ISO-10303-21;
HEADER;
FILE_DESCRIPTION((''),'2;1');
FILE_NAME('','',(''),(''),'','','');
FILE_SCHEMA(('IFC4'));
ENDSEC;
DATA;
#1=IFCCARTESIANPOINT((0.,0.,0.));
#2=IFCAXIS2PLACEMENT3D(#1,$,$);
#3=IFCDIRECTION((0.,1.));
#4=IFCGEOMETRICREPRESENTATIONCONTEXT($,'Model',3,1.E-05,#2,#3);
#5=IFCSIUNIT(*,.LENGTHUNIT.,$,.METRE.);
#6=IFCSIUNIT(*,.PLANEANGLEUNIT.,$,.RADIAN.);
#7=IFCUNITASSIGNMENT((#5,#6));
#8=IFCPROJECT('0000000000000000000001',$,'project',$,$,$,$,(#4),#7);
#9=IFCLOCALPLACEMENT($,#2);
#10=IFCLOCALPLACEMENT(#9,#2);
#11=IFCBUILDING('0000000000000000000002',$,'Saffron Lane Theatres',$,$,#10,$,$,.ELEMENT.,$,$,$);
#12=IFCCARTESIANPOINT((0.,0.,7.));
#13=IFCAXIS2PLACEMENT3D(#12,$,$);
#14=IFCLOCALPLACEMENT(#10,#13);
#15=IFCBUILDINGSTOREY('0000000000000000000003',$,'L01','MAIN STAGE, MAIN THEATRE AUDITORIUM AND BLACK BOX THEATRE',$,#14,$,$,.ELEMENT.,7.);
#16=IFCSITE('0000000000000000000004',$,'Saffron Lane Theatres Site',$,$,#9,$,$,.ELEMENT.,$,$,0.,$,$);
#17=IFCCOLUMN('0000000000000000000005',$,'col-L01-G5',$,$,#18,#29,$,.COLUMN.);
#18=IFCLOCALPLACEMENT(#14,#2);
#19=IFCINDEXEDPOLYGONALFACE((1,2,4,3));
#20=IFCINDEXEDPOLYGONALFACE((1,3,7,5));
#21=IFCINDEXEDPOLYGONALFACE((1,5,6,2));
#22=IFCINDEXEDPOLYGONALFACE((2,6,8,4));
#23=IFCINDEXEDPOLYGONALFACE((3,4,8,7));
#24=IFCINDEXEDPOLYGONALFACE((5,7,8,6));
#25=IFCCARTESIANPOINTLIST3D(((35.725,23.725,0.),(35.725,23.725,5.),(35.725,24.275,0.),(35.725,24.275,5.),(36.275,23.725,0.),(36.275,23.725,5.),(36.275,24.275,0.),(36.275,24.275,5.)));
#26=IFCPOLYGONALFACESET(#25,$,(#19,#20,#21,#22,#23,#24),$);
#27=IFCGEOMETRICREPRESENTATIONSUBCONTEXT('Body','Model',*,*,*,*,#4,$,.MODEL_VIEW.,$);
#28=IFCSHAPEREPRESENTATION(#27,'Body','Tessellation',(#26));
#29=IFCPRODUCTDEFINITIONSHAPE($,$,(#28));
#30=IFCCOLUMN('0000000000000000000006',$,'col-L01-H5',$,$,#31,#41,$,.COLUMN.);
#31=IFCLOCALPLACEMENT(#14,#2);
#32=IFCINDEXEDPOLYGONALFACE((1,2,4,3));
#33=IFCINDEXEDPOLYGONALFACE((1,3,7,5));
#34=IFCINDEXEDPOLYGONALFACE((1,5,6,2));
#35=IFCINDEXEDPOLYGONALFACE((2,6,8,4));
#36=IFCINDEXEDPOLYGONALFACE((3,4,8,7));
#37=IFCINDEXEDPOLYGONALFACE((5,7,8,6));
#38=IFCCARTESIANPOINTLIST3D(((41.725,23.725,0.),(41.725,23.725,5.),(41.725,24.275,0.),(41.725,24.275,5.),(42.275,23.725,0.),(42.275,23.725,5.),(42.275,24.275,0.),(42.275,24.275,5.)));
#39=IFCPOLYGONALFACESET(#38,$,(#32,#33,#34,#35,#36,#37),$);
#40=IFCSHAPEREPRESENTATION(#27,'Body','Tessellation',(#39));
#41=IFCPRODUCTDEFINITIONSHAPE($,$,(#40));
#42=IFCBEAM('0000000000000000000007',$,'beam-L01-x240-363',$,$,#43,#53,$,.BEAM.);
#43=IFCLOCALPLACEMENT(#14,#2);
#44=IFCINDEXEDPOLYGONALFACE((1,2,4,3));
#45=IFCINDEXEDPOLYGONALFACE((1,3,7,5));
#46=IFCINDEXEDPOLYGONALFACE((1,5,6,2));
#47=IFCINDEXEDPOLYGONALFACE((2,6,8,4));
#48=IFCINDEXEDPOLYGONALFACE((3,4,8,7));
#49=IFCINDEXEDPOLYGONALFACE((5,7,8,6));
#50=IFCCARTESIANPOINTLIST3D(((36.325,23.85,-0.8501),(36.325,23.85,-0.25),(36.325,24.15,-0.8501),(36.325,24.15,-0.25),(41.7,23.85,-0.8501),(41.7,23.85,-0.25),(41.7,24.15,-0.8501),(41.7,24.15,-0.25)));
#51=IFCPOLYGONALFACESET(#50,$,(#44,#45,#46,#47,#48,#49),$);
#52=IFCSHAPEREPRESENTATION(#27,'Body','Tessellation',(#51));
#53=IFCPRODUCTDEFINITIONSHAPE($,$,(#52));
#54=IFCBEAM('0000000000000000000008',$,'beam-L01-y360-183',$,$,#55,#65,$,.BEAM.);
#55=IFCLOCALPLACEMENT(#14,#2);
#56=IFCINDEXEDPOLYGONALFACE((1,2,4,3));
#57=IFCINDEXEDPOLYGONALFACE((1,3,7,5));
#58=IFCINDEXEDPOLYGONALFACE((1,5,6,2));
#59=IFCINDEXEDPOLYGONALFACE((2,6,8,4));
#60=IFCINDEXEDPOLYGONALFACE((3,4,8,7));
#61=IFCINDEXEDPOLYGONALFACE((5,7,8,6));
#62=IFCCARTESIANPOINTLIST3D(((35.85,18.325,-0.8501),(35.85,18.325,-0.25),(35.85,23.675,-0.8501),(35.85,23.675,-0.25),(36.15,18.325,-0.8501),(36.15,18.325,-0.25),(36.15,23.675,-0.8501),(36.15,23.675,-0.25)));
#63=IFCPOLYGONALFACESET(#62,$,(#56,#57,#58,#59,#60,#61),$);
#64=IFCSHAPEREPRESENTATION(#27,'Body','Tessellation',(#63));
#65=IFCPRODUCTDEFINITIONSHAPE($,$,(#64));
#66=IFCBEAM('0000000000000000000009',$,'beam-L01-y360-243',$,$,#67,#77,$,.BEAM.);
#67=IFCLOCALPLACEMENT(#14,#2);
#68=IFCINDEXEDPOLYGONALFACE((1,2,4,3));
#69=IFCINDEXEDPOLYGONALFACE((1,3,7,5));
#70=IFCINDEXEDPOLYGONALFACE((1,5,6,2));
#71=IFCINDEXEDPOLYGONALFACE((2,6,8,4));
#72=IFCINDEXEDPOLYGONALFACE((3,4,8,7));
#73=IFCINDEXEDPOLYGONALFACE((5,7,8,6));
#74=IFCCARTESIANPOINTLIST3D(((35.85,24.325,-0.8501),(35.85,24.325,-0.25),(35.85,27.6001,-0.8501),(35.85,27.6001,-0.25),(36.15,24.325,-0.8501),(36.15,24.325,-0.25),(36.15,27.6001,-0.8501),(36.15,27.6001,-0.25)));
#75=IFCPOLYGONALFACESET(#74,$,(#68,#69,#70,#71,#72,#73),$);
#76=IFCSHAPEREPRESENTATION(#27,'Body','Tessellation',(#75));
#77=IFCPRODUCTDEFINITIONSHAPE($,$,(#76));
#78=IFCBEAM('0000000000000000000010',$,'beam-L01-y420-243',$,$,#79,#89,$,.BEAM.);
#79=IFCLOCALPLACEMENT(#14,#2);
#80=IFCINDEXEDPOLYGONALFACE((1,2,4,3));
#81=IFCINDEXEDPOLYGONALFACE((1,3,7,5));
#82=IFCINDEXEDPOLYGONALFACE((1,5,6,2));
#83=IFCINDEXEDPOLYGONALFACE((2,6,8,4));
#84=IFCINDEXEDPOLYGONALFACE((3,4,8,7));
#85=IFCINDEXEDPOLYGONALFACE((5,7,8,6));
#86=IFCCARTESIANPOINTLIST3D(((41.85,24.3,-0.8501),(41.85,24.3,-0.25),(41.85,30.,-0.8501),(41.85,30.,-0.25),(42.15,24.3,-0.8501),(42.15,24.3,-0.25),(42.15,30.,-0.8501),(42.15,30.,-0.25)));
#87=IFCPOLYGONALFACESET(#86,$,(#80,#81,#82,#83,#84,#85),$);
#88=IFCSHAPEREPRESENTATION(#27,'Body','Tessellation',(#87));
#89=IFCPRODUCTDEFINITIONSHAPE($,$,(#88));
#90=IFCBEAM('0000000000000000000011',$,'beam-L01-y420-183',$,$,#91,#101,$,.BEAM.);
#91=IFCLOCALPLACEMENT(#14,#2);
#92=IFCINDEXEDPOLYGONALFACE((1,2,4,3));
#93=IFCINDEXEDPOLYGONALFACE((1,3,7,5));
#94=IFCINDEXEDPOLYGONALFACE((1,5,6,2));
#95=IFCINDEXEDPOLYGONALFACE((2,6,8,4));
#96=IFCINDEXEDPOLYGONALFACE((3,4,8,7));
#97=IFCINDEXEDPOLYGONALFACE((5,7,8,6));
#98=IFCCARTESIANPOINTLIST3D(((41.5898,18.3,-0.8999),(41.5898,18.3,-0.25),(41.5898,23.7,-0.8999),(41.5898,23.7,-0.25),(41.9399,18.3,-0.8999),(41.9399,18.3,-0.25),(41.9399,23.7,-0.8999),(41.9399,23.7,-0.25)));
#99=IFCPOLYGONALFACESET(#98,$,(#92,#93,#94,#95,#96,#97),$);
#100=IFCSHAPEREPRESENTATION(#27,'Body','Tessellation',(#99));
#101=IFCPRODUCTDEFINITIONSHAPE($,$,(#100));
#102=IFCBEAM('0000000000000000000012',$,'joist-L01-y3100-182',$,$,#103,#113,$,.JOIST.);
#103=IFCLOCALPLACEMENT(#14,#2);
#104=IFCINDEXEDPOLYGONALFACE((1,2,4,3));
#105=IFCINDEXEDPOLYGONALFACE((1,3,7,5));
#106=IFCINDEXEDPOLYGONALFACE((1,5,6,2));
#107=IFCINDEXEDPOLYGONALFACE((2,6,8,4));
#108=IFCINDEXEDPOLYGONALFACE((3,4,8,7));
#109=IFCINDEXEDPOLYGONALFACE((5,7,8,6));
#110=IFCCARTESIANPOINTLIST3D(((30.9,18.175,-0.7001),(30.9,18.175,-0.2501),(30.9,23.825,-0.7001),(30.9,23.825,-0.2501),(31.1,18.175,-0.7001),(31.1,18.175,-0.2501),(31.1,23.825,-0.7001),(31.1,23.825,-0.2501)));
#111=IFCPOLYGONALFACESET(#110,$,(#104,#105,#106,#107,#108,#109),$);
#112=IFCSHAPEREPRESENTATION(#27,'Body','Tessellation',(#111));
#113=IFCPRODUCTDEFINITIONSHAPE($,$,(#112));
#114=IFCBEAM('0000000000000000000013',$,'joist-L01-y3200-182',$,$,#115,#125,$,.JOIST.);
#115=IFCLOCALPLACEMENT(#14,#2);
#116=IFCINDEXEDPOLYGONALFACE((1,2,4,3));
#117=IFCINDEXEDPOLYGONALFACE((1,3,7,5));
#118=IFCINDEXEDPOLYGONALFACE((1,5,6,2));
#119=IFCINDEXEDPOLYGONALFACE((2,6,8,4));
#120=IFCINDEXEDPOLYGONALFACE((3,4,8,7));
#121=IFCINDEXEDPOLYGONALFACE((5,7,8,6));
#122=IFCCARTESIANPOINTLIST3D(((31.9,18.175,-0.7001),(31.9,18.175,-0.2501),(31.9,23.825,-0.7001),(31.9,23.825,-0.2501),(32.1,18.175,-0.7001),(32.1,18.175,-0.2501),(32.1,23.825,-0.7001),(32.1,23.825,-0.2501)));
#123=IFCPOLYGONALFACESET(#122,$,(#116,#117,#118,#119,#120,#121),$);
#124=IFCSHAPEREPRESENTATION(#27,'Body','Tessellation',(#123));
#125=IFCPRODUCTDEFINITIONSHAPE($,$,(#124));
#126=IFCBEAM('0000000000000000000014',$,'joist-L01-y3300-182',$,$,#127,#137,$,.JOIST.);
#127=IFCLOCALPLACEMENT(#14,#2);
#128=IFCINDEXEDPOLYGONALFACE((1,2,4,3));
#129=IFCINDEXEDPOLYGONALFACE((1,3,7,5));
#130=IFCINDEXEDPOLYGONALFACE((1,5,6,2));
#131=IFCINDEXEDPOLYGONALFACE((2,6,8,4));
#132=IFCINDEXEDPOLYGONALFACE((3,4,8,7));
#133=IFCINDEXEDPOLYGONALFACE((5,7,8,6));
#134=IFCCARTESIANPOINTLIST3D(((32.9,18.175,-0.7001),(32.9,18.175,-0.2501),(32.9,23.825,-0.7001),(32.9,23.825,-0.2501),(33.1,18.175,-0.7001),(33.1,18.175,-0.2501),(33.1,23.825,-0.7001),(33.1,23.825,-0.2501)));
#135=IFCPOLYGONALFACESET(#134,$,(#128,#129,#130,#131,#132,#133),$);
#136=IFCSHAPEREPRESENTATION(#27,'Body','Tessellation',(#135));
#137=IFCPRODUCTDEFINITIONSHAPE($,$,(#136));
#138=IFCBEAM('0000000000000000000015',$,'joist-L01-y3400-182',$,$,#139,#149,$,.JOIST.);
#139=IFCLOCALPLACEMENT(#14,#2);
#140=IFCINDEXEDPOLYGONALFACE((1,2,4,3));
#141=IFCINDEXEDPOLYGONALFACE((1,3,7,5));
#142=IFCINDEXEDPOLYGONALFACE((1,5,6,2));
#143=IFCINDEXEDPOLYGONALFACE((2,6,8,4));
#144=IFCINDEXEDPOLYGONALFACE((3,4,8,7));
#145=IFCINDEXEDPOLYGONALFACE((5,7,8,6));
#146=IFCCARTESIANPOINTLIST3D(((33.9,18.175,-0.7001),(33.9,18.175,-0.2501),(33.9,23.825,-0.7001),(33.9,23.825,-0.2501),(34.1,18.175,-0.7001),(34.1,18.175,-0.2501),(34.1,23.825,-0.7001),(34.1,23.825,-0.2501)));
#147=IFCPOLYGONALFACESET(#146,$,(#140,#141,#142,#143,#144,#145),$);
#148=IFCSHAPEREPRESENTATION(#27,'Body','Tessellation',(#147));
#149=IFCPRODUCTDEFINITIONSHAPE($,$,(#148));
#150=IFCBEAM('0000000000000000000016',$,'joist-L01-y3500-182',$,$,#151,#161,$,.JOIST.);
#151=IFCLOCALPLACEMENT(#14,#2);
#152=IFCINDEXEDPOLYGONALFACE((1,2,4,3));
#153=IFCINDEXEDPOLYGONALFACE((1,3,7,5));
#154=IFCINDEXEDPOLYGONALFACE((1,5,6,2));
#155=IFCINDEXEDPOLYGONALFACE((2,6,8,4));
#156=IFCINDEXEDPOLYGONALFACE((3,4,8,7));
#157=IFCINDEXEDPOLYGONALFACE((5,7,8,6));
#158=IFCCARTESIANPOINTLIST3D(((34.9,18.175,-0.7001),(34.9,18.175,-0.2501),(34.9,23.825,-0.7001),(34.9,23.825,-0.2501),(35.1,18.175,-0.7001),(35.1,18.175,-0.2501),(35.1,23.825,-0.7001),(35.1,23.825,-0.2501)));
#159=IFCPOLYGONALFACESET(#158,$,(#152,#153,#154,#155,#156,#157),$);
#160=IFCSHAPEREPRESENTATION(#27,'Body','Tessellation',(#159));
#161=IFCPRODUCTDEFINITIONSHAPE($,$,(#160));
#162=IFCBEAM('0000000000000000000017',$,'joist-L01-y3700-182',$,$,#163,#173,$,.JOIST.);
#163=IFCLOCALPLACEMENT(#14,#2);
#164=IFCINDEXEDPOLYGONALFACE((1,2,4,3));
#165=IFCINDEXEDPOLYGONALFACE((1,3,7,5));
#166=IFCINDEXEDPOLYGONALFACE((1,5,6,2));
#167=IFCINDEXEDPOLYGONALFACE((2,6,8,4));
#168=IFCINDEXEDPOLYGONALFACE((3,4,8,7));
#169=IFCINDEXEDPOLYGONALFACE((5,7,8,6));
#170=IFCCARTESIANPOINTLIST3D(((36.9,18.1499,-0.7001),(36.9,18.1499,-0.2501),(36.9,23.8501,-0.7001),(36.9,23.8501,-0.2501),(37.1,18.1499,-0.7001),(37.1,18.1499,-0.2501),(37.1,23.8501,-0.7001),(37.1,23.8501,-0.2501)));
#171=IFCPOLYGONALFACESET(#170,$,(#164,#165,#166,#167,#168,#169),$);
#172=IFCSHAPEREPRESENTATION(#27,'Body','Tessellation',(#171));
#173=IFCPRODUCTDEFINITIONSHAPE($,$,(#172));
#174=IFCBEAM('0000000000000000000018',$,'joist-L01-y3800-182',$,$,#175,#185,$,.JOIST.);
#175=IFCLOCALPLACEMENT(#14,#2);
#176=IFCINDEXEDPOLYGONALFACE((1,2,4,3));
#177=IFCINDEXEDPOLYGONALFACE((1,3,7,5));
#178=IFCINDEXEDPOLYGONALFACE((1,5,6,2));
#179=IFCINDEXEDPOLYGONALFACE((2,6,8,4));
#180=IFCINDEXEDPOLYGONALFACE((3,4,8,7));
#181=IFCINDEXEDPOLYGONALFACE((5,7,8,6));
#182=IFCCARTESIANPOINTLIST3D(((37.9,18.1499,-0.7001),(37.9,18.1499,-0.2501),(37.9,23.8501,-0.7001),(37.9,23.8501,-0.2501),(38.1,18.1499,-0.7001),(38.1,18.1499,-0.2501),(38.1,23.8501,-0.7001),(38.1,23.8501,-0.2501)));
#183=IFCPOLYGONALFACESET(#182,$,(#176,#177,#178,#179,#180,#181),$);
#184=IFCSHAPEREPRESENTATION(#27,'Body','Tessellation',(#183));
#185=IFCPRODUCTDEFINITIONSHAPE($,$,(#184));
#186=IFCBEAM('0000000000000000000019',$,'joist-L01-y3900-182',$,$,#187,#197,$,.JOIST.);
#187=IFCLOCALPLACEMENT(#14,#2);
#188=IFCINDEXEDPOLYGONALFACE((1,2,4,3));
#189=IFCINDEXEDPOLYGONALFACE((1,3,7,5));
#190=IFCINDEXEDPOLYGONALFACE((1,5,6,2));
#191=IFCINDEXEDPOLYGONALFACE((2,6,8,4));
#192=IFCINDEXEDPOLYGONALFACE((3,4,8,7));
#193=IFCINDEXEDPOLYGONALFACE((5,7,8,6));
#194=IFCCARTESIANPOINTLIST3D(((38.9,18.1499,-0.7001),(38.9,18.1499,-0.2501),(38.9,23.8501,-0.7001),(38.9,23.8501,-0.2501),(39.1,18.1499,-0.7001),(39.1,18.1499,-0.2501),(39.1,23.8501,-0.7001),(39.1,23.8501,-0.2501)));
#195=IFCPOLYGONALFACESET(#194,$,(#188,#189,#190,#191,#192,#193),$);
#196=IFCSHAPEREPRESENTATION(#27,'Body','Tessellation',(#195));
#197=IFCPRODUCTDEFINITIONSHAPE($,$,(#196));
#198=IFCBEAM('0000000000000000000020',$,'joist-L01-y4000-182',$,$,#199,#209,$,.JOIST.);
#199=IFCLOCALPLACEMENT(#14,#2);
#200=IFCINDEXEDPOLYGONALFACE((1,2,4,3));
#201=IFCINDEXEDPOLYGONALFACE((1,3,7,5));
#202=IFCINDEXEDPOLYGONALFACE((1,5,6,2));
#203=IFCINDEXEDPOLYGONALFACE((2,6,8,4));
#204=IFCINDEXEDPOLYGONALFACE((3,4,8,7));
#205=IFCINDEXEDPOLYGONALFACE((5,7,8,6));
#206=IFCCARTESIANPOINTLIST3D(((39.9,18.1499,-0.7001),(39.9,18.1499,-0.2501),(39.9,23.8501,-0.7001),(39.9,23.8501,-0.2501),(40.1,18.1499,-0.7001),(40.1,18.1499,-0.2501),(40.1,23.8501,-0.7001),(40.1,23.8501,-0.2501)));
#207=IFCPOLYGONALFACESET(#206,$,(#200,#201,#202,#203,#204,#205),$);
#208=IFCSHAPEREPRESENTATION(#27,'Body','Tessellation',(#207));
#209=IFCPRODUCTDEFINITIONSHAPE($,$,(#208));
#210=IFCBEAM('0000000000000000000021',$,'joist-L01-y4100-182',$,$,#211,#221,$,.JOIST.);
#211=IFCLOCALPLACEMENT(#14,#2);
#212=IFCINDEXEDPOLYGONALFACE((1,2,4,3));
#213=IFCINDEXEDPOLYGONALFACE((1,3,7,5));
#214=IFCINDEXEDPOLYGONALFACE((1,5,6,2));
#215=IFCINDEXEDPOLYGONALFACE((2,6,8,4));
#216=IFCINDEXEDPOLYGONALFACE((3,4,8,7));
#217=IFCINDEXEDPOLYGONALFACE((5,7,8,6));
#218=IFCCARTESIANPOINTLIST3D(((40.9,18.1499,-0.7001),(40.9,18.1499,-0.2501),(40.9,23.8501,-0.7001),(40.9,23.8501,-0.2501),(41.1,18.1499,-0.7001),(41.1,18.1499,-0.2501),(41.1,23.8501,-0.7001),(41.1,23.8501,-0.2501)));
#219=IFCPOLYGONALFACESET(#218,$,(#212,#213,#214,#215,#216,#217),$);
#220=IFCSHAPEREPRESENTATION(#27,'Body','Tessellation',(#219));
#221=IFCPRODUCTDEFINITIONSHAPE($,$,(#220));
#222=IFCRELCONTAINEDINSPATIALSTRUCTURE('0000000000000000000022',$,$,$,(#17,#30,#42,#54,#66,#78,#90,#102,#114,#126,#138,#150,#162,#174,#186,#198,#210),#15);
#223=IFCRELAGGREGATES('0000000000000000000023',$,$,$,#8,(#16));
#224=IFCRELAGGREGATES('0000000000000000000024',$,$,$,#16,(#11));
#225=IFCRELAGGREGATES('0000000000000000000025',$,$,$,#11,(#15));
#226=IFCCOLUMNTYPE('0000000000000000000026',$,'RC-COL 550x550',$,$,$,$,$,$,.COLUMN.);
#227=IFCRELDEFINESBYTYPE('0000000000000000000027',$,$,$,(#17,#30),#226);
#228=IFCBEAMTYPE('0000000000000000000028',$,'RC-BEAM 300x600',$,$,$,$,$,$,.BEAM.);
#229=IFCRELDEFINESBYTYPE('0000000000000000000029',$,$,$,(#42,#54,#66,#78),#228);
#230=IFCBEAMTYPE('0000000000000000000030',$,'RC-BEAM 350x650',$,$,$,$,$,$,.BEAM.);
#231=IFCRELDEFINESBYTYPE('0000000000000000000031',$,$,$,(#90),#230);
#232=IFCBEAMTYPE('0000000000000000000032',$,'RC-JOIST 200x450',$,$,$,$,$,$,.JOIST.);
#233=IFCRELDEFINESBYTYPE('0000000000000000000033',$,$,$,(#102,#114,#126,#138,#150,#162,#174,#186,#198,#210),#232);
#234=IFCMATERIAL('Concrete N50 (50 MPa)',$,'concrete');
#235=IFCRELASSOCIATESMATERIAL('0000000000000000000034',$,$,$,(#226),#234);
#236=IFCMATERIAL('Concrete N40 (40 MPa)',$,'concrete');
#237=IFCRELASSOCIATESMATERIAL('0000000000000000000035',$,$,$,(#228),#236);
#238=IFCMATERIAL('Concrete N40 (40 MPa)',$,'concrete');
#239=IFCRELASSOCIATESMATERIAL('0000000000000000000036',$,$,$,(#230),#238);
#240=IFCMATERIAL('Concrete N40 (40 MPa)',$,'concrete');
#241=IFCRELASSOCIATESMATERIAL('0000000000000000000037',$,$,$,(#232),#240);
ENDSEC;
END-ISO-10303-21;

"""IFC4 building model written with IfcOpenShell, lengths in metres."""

from ifc_helpers import new_model, si_unit, direction, frame, origin, origin_2d, place, context, subcontext, project, spatial, rectangle, extrude, material, material_profile, profile_set, type_object, element, save


model = new_model("IFC4")

# Units and contexts
model_context = context("Model", 3, precision=1e-05, world=origin(), true_north=direction((0.0, 1.0)))
body_context = subcontext(model_context, "Body", "Model", "MODEL_VIEW")
ifc_project = project(units=[si_unit("LENGTHUNIT", "METRE"), si_unit("PLANEANGLEUNIT", "RADIAN")], contexts=[model_context])

# Site, building, storey
site_placement = place(None, origin())
site = spatial("IfcSite", under=ifc_project, at=site_placement, Name="Saffron Lane Theatres Site", CompositionType="ELEMENT", RefElevation=0.0)
building_placement = place(site_placement, origin())
building = spatial("IfcBuilding", under=site, at=building_placement, Name="Saffron Lane Theatres", CompositionType="ELEMENT")
storey_placement = place(building_placement, frame((0.0, 0.0, 7.0)))
storey = spatial("IfcBuildingStorey", under=building, at=storey_placement, Name="L01", Description="MAIN STAGE, MAIN THEATRE AUDITORIUM AND BLACK BOX THEATRE", CompositionType="ELEMENT", Elevation=7.0)

# Columns
ifc_material_1 = material(Name="Concrete N50 (50 MPa)", Category="concrete")
ifc_material_profile_1 = material_profile(ifc_material_1, rectangle(XDim=0.55, YDim=0.55, at=origin_2d()))
ifc_profile_set_1 = profile_set([ifc_material_profile_1], Name="Concrete N50 (50 MPa)")
column_type = type_object("IfcColumnType", Name="RC-COL 550x550", PredefinedType="COLUMN", material=ifc_profile_set_1)
for number, where, z_axis, x_axis, name in (
    (1, (36.0, 24.0, 0.0), (0.0, 0.0, 1.0), (1.0, 0.0, 0.0), "col-L01-G5"),
    (2, (42.0, 24.0, 0.0), (0.0, 0.0, 1.0), (1.0, 0.0, 0.0), "col-L01-H5"),
):
    element("IfcColumn", number, at=place(storey_placement, frame(where, z_axis=z_axis, x_axis=x_axis)), inside=storey, type_object=column_type, Name=name, PredefinedType="COLUMN", context=body_context, shape_type="SweptSolid", body=[
        extrude(rectangle(XDim=0.55, YDim=0.55, at=origin_2d()), origin(), (0.0, 0.0, 1.0), 5.0),
    ])

# Beams
ifc_material_2 = material(Name="Concrete N40 (40 MPa)", Category="concrete")
ifc_material_profile_2 = material_profile(ifc_material_2, rectangle(XDim=0.3, YDim=0.6001, at=origin_2d()))
ifc_profile_set_2 = profile_set([ifc_material_profile_2], Name="Concrete N40 (40 MPa)")
beam_type_1 = type_object("IfcBeamType", Name="RC-BEAM 300x600", PredefinedType="BEAM", material=ifc_profile_set_2)
beam_1_placement = place(storey_placement, frame((36.325, 24.0, -0.55), z_axis=(1.0, 0.0, 0.0), x_axis=(0.0, 1.0, 0.0)))
element("IfcBeam", 3, at=beam_1_placement, inside=storey, type_object=beam_type_1, Name="beam-L01-x240-363", PredefinedType="BEAM", context=body_context, shape_type="SweptSolid", body=[
    extrude(rectangle(XDim=0.3, YDim=0.6001, at=origin_2d()), origin(), (0.0, 0.0, 1.0), 5.375),
])
beam_2_placement = place(storey_placement, frame((36.0, 18.325, -0.55), z_axis=(0.0, 1.0, 0.0), x_axis=(-1.0, 0.0, 0.0)))
element("IfcBeam", 4, at=beam_2_placement, inside=storey, type_object=beam_type_1, Name="beam-L01-y360-183", PredefinedType="BEAM", context=body_context, shape_type="SweptSolid", body=[
    extrude(rectangle(XDim=0.3, YDim=0.6001, at=origin_2d()), origin(), (0.0, 0.0, 1.0), 5.3501),
])
beam_3_placement = place(storey_placement, frame((36.0, 24.325, -0.55), z_axis=(0.0, 1.0, 0.0), x_axis=(-1.0, 0.0, 0.0)))
element("IfcBeam", 5, at=beam_3_placement, inside=storey, type_object=beam_type_1, Name="beam-L01-y360-243", PredefinedType="BEAM", context=body_context, shape_type="SweptSolid", body=[
    extrude(rectangle(XDim=0.3, YDim=0.6001, at=origin_2d()), origin(), (0.0, 0.0, 1.0), 3.2751),
])
beam_4_placement = place(storey_placement, frame((42.0, 24.3, -0.55), z_axis=(0.0, 1.0, 0.0), x_axis=(-1.0, 0.0, 0.0)))
element("IfcBeam", 6, at=beam_4_placement, inside=storey, type_object=beam_type_1, Name="beam-L01-y420-243", PredefinedType="BEAM", context=body_context, shape_type="SweptSolid", body=[
    extrude(rectangle(XDim=0.3, YDim=0.6001, at=origin_2d()), origin(), (0.0, 0.0, 1.0), 5.7),
])
ifc_material_3 = material(Name="Concrete N40 (40 MPa)", Category="concrete")
ifc_material_profile_3 = material_profile(ifc_material_3, rectangle(XDim=0.3501, YDim=0.6499, at=origin_2d()))
ifc_profile_set_3 = profile_set([ifc_material_profile_3], Name="Concrete N40 (40 MPa)")
beam_type_2 = type_object("IfcBeamType", Name="RC-BEAM 350x650", PredefinedType="BEAM", material=ifc_profile_set_3)
beam_5_placement = place(storey_placement, frame((41.7649, 18.3, -0.575), z_axis=(0.0, 1.0, 0.0), x_axis=(-1.0, 0.0, 0.0)))
element("IfcBeam", 7, at=beam_5_placement, inside=storey, type_object=beam_type_2, Name="beam-L01-y420-183", PredefinedType="BEAM", context=body_context, shape_type="SweptSolid", body=[
    extrude(rectangle(XDim=0.3501, YDim=0.6499, at=origin_2d()), origin(), (0.0, 0.0, 1.0), 5.3999),
])
ifc_material_4 = material(Name="Concrete N40 (40 MPa)", Category="concrete")
ifc_material_profile_4 = material_profile(ifc_material_4, rectangle(XDim=0.2, YDim=0.45, at=origin_2d()))
ifc_profile_set_4 = profile_set([ifc_material_profile_4], Name="Concrete N40 (40 MPa)")
beam_type_3 = type_object("IfcBeamType", Name="RC-JOIST 200x450", PredefinedType="JOIST", material=ifc_profile_set_4)
for number, where, z_axis, x_axis, name in (
    (8, (31.0, 18.175, -0.4751), (0.0, 1.0, 0.0), (-1.0, 0.0, 0.0), "joist-L01-y3100-182"),
    (9, (32.0, 18.175, -0.4751), (0.0, 1.0, 0.0), (-1.0, 0.0, 0.0), "joist-L01-y3200-182"),
    (10, (33.0, 18.175, -0.4751), (0.0, 1.0, 0.0), (-1.0, 0.0, 0.0), "joist-L01-y3300-182"),
    (11, (34.0, 18.175, -0.4751), (0.0, 1.0, 0.0), (-1.0, 0.0, 0.0), "joist-L01-y3400-182"),
    (12, (35.0, 18.175, -0.4751), (0.0, 1.0, 0.0), (-1.0, 0.0, 0.0), "joist-L01-y3500-182"),
):
    element("IfcBeam", number, at=place(storey_placement, frame(where, z_axis=z_axis, x_axis=x_axis)), inside=storey, type_object=beam_type_3, Name=name, PredefinedType="JOIST", context=body_context, shape_type="SweptSolid", body=[
        extrude(rectangle(XDim=0.2, YDim=0.45, at=origin_2d()), origin(), (0.0, 0.0, 1.0), 5.6499),
    ])
for number, where, z_axis, x_axis, name in (
    (13, (37.0, 18.1499, -0.4751), (0.0, 1.0, 0.0), (-1.0, 0.0, 0.0), "joist-L01-y3700-182"),
    (14, (38.0, 18.1499, -0.4751), (0.0, 1.0, 0.0), (-1.0, 0.0, 0.0), "joist-L01-y3800-182"),
    (15, (39.0, 18.1499, -0.4751), (0.0, 1.0, 0.0), (-1.0, 0.0, 0.0), "joist-L01-y3900-182"),
    (16, (40.0, 18.1499, -0.4751), (0.0, 1.0, 0.0), (-1.0, 0.0, 0.0), "joist-L01-y4000-182"),
    (17, (41.0, 18.1499, -0.4751), (0.0, 1.0, 0.0), (-1.0, 0.0, 0.0), "joist-L01-y4100-182"),
):
    element("IfcBeam", number, at=place(storey_placement, frame(where, z_axis=z_axis, x_axis=x_axis)), inside=storey, type_object=beam_type_3, Name=name, PredefinedType="JOIST", context=body_context, shape_type="SweptSolid", body=[
        extrude(rectangle(XDim=0.2, YDim=0.45, at=origin_2d()), origin(), (0.0, 0.0, 1.0), 5.7002),
    ])

save(model, "model.ifc")
